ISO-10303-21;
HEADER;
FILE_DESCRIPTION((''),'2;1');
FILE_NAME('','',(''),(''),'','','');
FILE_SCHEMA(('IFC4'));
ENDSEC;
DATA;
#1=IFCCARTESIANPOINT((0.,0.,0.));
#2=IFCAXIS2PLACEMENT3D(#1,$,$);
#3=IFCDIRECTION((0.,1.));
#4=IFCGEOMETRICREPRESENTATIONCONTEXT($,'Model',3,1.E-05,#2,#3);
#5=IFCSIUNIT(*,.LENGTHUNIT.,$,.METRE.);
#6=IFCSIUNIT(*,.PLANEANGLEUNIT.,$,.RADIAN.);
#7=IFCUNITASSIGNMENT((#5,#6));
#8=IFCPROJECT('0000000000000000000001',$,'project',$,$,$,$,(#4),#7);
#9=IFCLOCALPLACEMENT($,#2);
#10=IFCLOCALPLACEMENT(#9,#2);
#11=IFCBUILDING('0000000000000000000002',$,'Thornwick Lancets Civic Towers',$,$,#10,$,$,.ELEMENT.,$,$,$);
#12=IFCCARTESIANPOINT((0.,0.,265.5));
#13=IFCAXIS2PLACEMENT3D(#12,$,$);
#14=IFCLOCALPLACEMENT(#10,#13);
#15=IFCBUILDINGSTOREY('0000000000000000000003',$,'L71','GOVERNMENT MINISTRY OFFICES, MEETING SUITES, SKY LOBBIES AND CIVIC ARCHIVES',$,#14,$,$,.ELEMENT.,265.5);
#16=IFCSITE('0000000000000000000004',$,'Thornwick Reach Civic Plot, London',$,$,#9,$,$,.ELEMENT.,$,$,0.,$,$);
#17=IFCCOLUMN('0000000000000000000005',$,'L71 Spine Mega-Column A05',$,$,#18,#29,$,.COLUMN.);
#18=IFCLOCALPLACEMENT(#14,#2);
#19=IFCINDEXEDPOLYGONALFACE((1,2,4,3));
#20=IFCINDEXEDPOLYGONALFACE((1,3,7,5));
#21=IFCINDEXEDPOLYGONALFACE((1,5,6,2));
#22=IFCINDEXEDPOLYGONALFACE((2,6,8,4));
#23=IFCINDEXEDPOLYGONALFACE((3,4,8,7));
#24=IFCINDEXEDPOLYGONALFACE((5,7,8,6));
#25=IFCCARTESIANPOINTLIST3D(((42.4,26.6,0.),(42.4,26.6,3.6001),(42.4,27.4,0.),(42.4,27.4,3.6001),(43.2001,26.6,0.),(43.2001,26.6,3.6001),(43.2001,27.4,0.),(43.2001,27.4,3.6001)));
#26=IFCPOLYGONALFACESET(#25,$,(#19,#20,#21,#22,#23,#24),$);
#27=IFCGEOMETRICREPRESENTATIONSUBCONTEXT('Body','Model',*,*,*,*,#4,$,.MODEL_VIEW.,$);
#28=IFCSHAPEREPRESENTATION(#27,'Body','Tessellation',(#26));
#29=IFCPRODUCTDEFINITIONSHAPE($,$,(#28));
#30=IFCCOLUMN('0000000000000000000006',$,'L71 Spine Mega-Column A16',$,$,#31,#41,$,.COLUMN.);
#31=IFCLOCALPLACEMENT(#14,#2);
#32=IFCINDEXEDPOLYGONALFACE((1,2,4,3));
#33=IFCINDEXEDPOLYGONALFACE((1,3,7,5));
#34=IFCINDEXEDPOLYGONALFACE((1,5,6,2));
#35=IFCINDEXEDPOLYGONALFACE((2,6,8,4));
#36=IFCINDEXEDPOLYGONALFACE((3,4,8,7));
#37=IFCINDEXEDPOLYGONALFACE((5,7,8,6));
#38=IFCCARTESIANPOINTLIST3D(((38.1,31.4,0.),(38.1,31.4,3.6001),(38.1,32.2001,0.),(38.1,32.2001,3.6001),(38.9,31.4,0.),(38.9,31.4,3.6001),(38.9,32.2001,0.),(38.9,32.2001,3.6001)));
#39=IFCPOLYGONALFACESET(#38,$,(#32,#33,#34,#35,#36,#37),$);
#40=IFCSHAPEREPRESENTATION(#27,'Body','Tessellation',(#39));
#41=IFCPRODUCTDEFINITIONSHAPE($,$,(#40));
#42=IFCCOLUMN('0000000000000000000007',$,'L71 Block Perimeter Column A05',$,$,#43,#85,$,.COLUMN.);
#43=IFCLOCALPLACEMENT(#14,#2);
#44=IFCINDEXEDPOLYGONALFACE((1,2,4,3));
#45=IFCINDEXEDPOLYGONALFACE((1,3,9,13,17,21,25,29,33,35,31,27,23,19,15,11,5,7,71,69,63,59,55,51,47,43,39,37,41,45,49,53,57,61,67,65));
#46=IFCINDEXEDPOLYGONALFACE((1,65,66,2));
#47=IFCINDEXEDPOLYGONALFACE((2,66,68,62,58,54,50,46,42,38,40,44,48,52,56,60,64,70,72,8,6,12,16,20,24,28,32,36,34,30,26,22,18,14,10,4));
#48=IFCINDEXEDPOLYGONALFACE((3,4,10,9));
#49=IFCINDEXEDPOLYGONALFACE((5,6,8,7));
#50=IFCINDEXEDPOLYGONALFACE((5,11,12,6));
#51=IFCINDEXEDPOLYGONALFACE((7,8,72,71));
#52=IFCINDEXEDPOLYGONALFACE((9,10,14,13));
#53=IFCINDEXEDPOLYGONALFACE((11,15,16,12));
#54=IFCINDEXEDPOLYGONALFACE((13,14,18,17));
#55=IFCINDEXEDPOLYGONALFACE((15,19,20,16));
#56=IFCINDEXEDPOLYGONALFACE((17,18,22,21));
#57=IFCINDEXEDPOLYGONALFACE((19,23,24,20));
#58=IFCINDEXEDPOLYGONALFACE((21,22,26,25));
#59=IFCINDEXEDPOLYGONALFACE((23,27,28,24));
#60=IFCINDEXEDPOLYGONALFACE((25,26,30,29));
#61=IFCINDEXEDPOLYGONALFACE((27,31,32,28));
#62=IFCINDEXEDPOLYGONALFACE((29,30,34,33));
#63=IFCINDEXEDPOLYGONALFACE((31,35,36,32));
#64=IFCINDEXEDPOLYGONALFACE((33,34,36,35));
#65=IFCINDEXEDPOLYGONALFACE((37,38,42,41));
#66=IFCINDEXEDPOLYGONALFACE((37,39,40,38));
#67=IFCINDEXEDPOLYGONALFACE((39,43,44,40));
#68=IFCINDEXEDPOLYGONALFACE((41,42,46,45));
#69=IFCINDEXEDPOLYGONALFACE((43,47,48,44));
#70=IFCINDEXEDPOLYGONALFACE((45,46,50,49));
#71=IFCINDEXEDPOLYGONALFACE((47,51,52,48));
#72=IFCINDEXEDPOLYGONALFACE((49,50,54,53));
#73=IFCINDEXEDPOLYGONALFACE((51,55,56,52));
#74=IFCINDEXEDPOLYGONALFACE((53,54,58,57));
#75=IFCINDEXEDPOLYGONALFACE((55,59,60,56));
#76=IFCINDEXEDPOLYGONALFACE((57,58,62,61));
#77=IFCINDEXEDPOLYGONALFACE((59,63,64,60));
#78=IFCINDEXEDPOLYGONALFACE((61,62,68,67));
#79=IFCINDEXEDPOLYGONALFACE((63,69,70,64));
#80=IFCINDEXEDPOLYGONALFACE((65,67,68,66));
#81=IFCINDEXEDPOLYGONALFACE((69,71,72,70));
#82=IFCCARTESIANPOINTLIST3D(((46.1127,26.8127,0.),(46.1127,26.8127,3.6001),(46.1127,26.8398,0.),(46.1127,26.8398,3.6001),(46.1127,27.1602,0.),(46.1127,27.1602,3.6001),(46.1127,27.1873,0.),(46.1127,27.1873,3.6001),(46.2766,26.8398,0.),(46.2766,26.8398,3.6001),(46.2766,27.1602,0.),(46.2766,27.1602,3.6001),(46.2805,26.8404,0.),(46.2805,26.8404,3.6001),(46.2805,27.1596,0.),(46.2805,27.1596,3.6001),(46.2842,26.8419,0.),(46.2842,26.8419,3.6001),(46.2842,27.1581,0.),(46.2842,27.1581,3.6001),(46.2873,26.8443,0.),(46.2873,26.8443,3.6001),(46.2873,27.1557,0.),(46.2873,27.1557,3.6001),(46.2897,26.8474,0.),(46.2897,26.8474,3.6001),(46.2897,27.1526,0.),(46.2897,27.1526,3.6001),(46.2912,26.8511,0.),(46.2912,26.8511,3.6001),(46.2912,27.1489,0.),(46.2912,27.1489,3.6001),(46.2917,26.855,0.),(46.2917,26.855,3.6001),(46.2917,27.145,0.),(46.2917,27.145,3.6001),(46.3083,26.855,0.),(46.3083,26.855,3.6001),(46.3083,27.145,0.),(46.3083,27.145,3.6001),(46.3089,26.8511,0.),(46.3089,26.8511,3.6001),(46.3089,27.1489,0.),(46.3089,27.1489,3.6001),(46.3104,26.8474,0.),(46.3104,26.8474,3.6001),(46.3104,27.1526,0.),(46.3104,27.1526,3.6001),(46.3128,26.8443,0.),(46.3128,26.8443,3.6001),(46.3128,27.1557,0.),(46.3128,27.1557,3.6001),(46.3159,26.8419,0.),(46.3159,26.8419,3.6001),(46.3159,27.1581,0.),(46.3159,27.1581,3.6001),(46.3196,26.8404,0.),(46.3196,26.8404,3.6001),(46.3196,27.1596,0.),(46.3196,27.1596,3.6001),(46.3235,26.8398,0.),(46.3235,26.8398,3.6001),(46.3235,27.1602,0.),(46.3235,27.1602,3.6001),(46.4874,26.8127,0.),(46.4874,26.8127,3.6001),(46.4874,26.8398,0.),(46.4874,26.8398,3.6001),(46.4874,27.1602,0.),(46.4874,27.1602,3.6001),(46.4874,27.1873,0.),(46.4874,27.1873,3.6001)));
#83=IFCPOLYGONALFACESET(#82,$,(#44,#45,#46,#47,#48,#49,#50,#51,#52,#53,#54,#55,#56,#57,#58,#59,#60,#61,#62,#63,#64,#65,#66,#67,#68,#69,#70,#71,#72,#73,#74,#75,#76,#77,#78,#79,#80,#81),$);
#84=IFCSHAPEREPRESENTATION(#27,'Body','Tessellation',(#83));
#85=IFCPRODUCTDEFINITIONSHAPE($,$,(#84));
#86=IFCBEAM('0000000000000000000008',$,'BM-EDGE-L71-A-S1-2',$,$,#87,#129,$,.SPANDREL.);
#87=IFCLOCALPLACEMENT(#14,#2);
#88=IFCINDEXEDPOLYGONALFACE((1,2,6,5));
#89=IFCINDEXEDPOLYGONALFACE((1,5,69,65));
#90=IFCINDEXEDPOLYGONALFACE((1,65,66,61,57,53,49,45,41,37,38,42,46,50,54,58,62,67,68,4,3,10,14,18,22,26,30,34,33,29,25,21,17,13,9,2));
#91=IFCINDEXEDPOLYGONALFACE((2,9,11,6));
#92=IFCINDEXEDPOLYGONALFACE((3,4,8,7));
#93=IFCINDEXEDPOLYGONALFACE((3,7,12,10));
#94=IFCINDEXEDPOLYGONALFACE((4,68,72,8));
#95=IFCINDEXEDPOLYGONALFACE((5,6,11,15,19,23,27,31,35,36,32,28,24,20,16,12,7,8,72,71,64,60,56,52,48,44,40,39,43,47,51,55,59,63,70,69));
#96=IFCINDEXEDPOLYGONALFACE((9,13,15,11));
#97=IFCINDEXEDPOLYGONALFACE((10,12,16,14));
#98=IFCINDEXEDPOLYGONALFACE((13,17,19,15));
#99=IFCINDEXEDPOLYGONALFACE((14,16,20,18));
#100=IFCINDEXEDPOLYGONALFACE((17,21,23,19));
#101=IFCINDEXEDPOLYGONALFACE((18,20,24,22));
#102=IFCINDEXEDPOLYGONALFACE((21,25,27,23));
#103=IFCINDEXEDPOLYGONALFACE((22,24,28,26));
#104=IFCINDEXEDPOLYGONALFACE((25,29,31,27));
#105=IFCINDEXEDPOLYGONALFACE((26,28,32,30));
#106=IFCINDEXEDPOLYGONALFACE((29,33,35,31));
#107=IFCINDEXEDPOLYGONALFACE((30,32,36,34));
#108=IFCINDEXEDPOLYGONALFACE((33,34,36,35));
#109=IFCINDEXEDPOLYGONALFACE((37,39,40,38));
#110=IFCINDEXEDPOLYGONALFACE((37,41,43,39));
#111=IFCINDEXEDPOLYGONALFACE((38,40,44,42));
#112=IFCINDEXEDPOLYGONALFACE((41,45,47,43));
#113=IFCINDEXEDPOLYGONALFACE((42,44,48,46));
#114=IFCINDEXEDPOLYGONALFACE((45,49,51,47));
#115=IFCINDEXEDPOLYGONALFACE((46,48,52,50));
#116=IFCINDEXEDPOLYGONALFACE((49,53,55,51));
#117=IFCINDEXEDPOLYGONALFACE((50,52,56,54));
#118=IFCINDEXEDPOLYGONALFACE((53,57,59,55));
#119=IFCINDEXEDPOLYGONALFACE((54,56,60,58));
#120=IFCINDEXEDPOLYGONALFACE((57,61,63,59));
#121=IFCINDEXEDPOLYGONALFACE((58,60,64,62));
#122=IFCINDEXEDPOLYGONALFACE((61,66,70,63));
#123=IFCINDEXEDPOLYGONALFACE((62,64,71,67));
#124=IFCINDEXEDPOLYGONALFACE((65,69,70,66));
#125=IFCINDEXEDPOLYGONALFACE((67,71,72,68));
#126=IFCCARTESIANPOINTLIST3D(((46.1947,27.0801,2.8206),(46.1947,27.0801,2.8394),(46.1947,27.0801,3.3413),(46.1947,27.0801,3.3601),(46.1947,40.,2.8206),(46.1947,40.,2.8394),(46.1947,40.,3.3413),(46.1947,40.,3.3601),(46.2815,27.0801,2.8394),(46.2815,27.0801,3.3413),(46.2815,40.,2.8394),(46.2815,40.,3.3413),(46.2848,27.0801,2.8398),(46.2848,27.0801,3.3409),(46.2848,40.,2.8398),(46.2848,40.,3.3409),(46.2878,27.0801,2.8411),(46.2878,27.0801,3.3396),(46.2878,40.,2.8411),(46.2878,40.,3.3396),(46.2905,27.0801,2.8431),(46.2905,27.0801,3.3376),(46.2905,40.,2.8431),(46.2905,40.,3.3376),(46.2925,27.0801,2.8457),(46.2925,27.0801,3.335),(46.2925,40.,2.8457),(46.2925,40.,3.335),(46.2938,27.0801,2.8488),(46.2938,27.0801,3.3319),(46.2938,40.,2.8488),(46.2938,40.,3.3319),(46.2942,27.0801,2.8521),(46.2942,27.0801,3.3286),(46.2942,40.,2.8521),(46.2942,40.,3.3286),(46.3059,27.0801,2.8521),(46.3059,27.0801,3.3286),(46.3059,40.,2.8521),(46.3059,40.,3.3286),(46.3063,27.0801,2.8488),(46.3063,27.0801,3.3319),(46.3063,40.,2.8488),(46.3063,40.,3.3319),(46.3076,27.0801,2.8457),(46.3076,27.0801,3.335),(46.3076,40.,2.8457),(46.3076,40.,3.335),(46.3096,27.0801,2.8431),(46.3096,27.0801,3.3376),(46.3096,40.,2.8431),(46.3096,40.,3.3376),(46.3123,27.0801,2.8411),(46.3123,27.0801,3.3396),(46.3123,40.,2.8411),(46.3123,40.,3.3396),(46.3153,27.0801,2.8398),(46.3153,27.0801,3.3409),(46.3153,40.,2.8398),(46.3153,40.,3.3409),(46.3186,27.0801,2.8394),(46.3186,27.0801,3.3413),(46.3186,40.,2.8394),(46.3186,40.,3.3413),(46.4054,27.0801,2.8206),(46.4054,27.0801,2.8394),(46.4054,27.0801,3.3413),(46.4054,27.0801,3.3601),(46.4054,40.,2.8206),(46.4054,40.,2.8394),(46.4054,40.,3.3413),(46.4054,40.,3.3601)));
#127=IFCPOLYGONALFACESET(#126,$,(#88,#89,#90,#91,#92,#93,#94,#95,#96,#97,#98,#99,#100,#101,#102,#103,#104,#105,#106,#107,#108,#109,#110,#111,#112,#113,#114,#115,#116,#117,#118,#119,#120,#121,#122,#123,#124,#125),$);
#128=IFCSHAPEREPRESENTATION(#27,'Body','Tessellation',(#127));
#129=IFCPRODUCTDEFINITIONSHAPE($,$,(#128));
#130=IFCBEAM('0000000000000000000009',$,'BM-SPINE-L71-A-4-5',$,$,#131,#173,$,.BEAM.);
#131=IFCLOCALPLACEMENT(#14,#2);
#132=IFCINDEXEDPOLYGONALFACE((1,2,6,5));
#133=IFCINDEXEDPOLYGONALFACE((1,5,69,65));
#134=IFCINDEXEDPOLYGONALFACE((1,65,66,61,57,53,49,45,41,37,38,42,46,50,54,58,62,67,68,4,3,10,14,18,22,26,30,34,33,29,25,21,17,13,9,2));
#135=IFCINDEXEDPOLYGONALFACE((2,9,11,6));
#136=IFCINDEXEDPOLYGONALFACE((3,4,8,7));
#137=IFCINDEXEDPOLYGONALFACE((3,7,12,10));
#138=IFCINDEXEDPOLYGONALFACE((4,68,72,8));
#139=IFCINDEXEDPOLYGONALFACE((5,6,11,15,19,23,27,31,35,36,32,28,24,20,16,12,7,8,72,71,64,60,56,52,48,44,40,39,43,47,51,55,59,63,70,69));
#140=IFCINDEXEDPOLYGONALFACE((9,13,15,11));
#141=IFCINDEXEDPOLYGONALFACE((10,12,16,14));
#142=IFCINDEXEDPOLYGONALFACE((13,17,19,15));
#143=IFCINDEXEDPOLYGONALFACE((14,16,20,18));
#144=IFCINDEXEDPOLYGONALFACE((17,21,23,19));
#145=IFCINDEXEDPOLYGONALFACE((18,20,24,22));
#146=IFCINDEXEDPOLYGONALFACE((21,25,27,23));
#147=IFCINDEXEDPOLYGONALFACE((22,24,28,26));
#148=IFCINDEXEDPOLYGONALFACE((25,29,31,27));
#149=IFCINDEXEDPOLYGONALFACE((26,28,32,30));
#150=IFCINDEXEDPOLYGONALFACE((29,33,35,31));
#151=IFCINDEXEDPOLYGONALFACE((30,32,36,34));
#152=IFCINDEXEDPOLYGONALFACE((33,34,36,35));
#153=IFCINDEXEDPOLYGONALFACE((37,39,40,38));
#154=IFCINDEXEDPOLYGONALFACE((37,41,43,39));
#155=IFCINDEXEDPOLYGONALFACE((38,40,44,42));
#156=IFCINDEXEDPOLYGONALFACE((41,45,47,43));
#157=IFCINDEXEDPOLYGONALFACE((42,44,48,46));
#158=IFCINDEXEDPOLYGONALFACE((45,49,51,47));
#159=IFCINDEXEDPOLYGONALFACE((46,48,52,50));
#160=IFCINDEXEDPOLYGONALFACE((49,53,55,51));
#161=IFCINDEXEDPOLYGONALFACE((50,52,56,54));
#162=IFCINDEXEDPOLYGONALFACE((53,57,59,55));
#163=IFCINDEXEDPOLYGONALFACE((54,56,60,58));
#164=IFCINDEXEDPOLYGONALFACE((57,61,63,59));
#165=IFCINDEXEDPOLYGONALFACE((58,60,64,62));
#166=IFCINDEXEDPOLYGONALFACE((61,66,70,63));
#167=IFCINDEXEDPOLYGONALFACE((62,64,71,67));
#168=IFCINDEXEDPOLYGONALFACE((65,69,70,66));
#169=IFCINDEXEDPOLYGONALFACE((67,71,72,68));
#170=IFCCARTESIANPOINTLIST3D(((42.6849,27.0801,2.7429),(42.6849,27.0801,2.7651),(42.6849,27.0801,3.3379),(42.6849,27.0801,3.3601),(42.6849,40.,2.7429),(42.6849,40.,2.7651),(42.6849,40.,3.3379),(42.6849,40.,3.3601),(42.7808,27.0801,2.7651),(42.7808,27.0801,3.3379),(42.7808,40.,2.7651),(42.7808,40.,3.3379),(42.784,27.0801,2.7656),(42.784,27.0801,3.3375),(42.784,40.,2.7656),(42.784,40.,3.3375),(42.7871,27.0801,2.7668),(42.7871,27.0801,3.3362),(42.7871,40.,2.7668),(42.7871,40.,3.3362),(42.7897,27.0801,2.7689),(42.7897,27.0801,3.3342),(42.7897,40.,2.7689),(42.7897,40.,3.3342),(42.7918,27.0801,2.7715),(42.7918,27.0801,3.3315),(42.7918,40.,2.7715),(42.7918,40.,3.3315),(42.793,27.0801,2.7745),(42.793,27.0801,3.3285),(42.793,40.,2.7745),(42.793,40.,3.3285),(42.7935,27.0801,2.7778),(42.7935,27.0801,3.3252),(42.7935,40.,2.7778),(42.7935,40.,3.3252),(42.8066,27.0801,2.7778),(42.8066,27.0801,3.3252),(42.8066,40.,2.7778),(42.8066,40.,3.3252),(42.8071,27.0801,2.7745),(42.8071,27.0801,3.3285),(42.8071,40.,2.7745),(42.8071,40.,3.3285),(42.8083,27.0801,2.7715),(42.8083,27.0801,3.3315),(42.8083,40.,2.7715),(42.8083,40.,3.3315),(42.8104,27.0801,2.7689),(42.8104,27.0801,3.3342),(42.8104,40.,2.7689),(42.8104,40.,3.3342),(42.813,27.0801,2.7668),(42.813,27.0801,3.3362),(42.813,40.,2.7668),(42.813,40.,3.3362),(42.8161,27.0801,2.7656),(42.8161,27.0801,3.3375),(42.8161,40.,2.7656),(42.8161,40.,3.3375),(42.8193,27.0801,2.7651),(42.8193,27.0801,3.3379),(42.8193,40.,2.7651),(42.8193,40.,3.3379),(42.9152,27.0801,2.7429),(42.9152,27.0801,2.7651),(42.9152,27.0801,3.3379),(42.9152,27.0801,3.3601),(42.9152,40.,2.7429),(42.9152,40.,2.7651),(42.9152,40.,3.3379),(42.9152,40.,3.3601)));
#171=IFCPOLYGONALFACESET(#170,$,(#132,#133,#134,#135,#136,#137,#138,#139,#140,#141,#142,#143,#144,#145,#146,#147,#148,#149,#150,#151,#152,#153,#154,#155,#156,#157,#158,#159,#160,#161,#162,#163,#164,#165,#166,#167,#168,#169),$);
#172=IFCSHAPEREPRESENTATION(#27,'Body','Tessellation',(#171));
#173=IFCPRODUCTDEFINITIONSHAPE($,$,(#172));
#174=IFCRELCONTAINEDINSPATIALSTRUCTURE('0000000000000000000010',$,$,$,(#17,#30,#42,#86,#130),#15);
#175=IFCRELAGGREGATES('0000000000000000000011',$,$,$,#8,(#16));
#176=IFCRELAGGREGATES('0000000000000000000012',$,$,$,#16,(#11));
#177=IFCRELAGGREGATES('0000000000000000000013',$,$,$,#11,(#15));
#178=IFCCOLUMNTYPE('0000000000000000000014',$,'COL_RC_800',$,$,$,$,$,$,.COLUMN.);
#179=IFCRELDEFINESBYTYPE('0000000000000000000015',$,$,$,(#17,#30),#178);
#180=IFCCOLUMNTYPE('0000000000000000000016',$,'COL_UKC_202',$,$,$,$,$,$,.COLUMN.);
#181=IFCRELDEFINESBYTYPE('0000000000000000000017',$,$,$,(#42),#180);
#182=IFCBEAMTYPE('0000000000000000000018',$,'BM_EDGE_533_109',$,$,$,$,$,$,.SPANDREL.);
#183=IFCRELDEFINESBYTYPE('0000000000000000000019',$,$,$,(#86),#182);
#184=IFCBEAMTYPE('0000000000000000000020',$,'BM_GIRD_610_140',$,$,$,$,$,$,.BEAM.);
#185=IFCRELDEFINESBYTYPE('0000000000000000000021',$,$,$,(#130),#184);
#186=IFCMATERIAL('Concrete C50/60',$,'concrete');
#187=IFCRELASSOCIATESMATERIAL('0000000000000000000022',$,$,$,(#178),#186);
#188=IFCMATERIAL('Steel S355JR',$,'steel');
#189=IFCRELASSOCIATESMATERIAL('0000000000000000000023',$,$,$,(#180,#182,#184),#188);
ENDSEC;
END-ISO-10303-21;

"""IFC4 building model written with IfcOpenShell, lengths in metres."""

from ifc_helpers import new_model, si_unit, direction, frame, origin, origin_2d, place, context, subcontext, project, spatial, rectangle, i_section, extrude, material, material_profile, profile_set, type_object, element, save


model = new_model("IFC4")

# Units and contexts
model_context = context("Model", 3, precision=1e-05, world=origin(), true_north=direction((0.0, 1.0)))
body_context = subcontext(model_context, "Body", "Model", "MODEL_VIEW")
ifc_project = project(units=[si_unit("LENGTHUNIT", "METRE"), si_unit("PLANEANGLEUNIT", "RADIAN")], contexts=[model_context])

# Site, building, storey
site_placement = place(None, origin())
site = spatial("IfcSite", under=ifc_project, at=site_placement, Name="Thornwick Reach Civic Plot, London", CompositionType="ELEMENT", RefElevation=0.0)
building_placement = place(site_placement, origin())
building = spatial("IfcBuilding", under=site, at=building_placement, Name="Thornwick Lancets Civic Towers", CompositionType="ELEMENT")
storey_placement = place(building_placement, frame((0.0, 0.0, 265.5)))
storey = spatial("IfcBuildingStorey", under=building, at=storey_placement, Name="L71", Description="GOVERNMENT MINISTRY OFFICES, MEETING SUITES, SKY LOBBIES AND CIVIC ARCHIVES", CompositionType="ELEMENT", Elevation=265.5)

# Columns
ifc_material_1 = material(Name="Concrete C50/60", Category="concrete")
ifc_material_profile_1 = material_profile(ifc_material_1, rectangle(XDim=0.8, YDim=0.8, at=origin_2d()), Name="RC 800x800")
ifc_profile_set_1 = profile_set([ifc_material_profile_1], Name="Concrete C50/60")
column_type_1 = type_object("IfcColumnType", Name="COL_RC_800", PredefinedType="COLUMN", material=ifc_profile_set_1)
for number, where, z_axis, x_axis, name in (
    (1, (42.8, 27.0, 0.0), (0.0, 0.0, 1.0), (1.0, 0.0, 0.0), "L71 Spine Mega-Column A05"),
    (2, (38.5, 31.8, 0.0), (0.0, 0.0, 1.0), (1.0, 0.0, 0.0), "L71 Spine Mega-Column A16"),
):
    element("IfcColumn", number, at=place(storey_placement, frame(where, z_axis=z_axis, x_axis=x_axis)), inside=storey, type_object=column_type_1, Name=name, PredefinedType="COLUMN", context=body_context, shape_type="SweptSolid", body=[
        extrude(rectangle(XDim=0.8, YDim=0.8, at=origin_2d()), origin(), (0.0, 0.0, 1.0), 3.6001),
    ])
ifc_material_2 = material(Name="Steel S355JR", Category="steel")
ifc_material_profile_2 = material_profile(ifc_material_2, i_section(OverallWidth=0.3748, OverallDepth=0.3745, WebThickness=0.0166, FlangeThickness=0.0271, FilletRadius=0.0151, at=origin_2d()), Name="UKC 356x368x202")
ifc_profile_set_2 = profile_set([ifc_material_profile_2], Name="Steel S355JR")
column_type_2 = type_object("IfcColumnType", Name="COL_UKC_202", PredefinedType="COLUMN", material=ifc_profile_set_2)
column_placement = place(storey_placement, frame((46.3, 27.0, 0.0), z_axis=(0.0, 0.0, 1.0), x_axis=(1.0, 0.0, 0.0)))
element("IfcColumn", 3, at=column_placement, inside=storey, type_object=column_type_2, Name="L71 Block Perimeter Column A05", PredefinedType="COLUMN", context=body_context, shape_type="SweptSolid", body=[
    extrude(i_section(OverallWidth=0.3748, OverallDepth=0.3745, WebThickness=0.0166, FlangeThickness=0.0271, FilletRadius=0.0151, at=origin_2d()), origin(), (0.0, 0.0, 1.0), 3.6001),
])

# Beams
ifc_material_profile_3 = material_profile(ifc_material_2, i_section(OverallWidth=0.2107, OverallDepth=0.5396, WebThickness=0.0117, FlangeThickness=0.0188, FilletRadius=0.0127, at=origin_2d()), Name="UKB 533x210x109")
ifc_profile_set_3 = profile_set([ifc_material_profile_3], Name="Steel S355JR")
beam_type_1 = type_object("IfcBeamType", Name="BM_EDGE_533_109", PredefinedType="SPANDREL", material=ifc_profile_set_3)
beam_1_placement = place(storey_placement, frame((46.3, 27.0801, 3.0903), z_axis=(0.0, 1.0, 0.0), x_axis=(-1.0, 0.0, 0.0)))
element("IfcBeam", 4, at=beam_1_placement, inside=storey, type_object=beam_type_1, Name="BM-EDGE-L71-A-S1-2", PredefinedType="SPANDREL", context=body_context, shape_type="SweptSolid", body=[
    extrude(i_section(OverallWidth=0.2107, OverallDepth=0.5396, WebThickness=0.0117, FlangeThickness=0.0188, FilletRadius=0.0127, at=origin_2d()), origin(), (0.0, 0.0, 1.0), 12.9199),
])
ifc_material_profile_4 = material_profile(ifc_material_2, i_section(OverallWidth=0.2302, OverallDepth=0.6172, WebThickness=0.0132, FlangeThickness=0.0222, FilletRadius=0.0127, at=origin_2d()), Name="UKB 610x229x140")
ifc_profile_set_4 = profile_set([ifc_material_profile_4], Name="Steel S355JR")
beam_type_2 = type_object("IfcBeamType", Name="BM_GIRD_610_140", PredefinedType="BEAM", material=ifc_profile_set_4)
beam_2_placement = place(storey_placement, frame((42.8, 27.0801, 3.0515), z_axis=(0.0, 1.0, 0.0), x_axis=(-1.0, 0.0, 0.0)))
element("IfcBeam", 5, at=beam_2_placement, inside=storey, type_object=beam_type_2, Name="BM-SPINE-L71-A-4-5", PredefinedType="BEAM", context=body_context, shape_type="SweptSolid", body=[
    extrude(i_section(OverallWidth=0.2302, OverallDepth=0.6172, WebThickness=0.0132, FlangeThickness=0.0222, FilletRadius=0.0127, at=origin_2d()), origin(), (0.0, 0.0, 1.0), 12.9199),
])

save(model, "model.ifc")
